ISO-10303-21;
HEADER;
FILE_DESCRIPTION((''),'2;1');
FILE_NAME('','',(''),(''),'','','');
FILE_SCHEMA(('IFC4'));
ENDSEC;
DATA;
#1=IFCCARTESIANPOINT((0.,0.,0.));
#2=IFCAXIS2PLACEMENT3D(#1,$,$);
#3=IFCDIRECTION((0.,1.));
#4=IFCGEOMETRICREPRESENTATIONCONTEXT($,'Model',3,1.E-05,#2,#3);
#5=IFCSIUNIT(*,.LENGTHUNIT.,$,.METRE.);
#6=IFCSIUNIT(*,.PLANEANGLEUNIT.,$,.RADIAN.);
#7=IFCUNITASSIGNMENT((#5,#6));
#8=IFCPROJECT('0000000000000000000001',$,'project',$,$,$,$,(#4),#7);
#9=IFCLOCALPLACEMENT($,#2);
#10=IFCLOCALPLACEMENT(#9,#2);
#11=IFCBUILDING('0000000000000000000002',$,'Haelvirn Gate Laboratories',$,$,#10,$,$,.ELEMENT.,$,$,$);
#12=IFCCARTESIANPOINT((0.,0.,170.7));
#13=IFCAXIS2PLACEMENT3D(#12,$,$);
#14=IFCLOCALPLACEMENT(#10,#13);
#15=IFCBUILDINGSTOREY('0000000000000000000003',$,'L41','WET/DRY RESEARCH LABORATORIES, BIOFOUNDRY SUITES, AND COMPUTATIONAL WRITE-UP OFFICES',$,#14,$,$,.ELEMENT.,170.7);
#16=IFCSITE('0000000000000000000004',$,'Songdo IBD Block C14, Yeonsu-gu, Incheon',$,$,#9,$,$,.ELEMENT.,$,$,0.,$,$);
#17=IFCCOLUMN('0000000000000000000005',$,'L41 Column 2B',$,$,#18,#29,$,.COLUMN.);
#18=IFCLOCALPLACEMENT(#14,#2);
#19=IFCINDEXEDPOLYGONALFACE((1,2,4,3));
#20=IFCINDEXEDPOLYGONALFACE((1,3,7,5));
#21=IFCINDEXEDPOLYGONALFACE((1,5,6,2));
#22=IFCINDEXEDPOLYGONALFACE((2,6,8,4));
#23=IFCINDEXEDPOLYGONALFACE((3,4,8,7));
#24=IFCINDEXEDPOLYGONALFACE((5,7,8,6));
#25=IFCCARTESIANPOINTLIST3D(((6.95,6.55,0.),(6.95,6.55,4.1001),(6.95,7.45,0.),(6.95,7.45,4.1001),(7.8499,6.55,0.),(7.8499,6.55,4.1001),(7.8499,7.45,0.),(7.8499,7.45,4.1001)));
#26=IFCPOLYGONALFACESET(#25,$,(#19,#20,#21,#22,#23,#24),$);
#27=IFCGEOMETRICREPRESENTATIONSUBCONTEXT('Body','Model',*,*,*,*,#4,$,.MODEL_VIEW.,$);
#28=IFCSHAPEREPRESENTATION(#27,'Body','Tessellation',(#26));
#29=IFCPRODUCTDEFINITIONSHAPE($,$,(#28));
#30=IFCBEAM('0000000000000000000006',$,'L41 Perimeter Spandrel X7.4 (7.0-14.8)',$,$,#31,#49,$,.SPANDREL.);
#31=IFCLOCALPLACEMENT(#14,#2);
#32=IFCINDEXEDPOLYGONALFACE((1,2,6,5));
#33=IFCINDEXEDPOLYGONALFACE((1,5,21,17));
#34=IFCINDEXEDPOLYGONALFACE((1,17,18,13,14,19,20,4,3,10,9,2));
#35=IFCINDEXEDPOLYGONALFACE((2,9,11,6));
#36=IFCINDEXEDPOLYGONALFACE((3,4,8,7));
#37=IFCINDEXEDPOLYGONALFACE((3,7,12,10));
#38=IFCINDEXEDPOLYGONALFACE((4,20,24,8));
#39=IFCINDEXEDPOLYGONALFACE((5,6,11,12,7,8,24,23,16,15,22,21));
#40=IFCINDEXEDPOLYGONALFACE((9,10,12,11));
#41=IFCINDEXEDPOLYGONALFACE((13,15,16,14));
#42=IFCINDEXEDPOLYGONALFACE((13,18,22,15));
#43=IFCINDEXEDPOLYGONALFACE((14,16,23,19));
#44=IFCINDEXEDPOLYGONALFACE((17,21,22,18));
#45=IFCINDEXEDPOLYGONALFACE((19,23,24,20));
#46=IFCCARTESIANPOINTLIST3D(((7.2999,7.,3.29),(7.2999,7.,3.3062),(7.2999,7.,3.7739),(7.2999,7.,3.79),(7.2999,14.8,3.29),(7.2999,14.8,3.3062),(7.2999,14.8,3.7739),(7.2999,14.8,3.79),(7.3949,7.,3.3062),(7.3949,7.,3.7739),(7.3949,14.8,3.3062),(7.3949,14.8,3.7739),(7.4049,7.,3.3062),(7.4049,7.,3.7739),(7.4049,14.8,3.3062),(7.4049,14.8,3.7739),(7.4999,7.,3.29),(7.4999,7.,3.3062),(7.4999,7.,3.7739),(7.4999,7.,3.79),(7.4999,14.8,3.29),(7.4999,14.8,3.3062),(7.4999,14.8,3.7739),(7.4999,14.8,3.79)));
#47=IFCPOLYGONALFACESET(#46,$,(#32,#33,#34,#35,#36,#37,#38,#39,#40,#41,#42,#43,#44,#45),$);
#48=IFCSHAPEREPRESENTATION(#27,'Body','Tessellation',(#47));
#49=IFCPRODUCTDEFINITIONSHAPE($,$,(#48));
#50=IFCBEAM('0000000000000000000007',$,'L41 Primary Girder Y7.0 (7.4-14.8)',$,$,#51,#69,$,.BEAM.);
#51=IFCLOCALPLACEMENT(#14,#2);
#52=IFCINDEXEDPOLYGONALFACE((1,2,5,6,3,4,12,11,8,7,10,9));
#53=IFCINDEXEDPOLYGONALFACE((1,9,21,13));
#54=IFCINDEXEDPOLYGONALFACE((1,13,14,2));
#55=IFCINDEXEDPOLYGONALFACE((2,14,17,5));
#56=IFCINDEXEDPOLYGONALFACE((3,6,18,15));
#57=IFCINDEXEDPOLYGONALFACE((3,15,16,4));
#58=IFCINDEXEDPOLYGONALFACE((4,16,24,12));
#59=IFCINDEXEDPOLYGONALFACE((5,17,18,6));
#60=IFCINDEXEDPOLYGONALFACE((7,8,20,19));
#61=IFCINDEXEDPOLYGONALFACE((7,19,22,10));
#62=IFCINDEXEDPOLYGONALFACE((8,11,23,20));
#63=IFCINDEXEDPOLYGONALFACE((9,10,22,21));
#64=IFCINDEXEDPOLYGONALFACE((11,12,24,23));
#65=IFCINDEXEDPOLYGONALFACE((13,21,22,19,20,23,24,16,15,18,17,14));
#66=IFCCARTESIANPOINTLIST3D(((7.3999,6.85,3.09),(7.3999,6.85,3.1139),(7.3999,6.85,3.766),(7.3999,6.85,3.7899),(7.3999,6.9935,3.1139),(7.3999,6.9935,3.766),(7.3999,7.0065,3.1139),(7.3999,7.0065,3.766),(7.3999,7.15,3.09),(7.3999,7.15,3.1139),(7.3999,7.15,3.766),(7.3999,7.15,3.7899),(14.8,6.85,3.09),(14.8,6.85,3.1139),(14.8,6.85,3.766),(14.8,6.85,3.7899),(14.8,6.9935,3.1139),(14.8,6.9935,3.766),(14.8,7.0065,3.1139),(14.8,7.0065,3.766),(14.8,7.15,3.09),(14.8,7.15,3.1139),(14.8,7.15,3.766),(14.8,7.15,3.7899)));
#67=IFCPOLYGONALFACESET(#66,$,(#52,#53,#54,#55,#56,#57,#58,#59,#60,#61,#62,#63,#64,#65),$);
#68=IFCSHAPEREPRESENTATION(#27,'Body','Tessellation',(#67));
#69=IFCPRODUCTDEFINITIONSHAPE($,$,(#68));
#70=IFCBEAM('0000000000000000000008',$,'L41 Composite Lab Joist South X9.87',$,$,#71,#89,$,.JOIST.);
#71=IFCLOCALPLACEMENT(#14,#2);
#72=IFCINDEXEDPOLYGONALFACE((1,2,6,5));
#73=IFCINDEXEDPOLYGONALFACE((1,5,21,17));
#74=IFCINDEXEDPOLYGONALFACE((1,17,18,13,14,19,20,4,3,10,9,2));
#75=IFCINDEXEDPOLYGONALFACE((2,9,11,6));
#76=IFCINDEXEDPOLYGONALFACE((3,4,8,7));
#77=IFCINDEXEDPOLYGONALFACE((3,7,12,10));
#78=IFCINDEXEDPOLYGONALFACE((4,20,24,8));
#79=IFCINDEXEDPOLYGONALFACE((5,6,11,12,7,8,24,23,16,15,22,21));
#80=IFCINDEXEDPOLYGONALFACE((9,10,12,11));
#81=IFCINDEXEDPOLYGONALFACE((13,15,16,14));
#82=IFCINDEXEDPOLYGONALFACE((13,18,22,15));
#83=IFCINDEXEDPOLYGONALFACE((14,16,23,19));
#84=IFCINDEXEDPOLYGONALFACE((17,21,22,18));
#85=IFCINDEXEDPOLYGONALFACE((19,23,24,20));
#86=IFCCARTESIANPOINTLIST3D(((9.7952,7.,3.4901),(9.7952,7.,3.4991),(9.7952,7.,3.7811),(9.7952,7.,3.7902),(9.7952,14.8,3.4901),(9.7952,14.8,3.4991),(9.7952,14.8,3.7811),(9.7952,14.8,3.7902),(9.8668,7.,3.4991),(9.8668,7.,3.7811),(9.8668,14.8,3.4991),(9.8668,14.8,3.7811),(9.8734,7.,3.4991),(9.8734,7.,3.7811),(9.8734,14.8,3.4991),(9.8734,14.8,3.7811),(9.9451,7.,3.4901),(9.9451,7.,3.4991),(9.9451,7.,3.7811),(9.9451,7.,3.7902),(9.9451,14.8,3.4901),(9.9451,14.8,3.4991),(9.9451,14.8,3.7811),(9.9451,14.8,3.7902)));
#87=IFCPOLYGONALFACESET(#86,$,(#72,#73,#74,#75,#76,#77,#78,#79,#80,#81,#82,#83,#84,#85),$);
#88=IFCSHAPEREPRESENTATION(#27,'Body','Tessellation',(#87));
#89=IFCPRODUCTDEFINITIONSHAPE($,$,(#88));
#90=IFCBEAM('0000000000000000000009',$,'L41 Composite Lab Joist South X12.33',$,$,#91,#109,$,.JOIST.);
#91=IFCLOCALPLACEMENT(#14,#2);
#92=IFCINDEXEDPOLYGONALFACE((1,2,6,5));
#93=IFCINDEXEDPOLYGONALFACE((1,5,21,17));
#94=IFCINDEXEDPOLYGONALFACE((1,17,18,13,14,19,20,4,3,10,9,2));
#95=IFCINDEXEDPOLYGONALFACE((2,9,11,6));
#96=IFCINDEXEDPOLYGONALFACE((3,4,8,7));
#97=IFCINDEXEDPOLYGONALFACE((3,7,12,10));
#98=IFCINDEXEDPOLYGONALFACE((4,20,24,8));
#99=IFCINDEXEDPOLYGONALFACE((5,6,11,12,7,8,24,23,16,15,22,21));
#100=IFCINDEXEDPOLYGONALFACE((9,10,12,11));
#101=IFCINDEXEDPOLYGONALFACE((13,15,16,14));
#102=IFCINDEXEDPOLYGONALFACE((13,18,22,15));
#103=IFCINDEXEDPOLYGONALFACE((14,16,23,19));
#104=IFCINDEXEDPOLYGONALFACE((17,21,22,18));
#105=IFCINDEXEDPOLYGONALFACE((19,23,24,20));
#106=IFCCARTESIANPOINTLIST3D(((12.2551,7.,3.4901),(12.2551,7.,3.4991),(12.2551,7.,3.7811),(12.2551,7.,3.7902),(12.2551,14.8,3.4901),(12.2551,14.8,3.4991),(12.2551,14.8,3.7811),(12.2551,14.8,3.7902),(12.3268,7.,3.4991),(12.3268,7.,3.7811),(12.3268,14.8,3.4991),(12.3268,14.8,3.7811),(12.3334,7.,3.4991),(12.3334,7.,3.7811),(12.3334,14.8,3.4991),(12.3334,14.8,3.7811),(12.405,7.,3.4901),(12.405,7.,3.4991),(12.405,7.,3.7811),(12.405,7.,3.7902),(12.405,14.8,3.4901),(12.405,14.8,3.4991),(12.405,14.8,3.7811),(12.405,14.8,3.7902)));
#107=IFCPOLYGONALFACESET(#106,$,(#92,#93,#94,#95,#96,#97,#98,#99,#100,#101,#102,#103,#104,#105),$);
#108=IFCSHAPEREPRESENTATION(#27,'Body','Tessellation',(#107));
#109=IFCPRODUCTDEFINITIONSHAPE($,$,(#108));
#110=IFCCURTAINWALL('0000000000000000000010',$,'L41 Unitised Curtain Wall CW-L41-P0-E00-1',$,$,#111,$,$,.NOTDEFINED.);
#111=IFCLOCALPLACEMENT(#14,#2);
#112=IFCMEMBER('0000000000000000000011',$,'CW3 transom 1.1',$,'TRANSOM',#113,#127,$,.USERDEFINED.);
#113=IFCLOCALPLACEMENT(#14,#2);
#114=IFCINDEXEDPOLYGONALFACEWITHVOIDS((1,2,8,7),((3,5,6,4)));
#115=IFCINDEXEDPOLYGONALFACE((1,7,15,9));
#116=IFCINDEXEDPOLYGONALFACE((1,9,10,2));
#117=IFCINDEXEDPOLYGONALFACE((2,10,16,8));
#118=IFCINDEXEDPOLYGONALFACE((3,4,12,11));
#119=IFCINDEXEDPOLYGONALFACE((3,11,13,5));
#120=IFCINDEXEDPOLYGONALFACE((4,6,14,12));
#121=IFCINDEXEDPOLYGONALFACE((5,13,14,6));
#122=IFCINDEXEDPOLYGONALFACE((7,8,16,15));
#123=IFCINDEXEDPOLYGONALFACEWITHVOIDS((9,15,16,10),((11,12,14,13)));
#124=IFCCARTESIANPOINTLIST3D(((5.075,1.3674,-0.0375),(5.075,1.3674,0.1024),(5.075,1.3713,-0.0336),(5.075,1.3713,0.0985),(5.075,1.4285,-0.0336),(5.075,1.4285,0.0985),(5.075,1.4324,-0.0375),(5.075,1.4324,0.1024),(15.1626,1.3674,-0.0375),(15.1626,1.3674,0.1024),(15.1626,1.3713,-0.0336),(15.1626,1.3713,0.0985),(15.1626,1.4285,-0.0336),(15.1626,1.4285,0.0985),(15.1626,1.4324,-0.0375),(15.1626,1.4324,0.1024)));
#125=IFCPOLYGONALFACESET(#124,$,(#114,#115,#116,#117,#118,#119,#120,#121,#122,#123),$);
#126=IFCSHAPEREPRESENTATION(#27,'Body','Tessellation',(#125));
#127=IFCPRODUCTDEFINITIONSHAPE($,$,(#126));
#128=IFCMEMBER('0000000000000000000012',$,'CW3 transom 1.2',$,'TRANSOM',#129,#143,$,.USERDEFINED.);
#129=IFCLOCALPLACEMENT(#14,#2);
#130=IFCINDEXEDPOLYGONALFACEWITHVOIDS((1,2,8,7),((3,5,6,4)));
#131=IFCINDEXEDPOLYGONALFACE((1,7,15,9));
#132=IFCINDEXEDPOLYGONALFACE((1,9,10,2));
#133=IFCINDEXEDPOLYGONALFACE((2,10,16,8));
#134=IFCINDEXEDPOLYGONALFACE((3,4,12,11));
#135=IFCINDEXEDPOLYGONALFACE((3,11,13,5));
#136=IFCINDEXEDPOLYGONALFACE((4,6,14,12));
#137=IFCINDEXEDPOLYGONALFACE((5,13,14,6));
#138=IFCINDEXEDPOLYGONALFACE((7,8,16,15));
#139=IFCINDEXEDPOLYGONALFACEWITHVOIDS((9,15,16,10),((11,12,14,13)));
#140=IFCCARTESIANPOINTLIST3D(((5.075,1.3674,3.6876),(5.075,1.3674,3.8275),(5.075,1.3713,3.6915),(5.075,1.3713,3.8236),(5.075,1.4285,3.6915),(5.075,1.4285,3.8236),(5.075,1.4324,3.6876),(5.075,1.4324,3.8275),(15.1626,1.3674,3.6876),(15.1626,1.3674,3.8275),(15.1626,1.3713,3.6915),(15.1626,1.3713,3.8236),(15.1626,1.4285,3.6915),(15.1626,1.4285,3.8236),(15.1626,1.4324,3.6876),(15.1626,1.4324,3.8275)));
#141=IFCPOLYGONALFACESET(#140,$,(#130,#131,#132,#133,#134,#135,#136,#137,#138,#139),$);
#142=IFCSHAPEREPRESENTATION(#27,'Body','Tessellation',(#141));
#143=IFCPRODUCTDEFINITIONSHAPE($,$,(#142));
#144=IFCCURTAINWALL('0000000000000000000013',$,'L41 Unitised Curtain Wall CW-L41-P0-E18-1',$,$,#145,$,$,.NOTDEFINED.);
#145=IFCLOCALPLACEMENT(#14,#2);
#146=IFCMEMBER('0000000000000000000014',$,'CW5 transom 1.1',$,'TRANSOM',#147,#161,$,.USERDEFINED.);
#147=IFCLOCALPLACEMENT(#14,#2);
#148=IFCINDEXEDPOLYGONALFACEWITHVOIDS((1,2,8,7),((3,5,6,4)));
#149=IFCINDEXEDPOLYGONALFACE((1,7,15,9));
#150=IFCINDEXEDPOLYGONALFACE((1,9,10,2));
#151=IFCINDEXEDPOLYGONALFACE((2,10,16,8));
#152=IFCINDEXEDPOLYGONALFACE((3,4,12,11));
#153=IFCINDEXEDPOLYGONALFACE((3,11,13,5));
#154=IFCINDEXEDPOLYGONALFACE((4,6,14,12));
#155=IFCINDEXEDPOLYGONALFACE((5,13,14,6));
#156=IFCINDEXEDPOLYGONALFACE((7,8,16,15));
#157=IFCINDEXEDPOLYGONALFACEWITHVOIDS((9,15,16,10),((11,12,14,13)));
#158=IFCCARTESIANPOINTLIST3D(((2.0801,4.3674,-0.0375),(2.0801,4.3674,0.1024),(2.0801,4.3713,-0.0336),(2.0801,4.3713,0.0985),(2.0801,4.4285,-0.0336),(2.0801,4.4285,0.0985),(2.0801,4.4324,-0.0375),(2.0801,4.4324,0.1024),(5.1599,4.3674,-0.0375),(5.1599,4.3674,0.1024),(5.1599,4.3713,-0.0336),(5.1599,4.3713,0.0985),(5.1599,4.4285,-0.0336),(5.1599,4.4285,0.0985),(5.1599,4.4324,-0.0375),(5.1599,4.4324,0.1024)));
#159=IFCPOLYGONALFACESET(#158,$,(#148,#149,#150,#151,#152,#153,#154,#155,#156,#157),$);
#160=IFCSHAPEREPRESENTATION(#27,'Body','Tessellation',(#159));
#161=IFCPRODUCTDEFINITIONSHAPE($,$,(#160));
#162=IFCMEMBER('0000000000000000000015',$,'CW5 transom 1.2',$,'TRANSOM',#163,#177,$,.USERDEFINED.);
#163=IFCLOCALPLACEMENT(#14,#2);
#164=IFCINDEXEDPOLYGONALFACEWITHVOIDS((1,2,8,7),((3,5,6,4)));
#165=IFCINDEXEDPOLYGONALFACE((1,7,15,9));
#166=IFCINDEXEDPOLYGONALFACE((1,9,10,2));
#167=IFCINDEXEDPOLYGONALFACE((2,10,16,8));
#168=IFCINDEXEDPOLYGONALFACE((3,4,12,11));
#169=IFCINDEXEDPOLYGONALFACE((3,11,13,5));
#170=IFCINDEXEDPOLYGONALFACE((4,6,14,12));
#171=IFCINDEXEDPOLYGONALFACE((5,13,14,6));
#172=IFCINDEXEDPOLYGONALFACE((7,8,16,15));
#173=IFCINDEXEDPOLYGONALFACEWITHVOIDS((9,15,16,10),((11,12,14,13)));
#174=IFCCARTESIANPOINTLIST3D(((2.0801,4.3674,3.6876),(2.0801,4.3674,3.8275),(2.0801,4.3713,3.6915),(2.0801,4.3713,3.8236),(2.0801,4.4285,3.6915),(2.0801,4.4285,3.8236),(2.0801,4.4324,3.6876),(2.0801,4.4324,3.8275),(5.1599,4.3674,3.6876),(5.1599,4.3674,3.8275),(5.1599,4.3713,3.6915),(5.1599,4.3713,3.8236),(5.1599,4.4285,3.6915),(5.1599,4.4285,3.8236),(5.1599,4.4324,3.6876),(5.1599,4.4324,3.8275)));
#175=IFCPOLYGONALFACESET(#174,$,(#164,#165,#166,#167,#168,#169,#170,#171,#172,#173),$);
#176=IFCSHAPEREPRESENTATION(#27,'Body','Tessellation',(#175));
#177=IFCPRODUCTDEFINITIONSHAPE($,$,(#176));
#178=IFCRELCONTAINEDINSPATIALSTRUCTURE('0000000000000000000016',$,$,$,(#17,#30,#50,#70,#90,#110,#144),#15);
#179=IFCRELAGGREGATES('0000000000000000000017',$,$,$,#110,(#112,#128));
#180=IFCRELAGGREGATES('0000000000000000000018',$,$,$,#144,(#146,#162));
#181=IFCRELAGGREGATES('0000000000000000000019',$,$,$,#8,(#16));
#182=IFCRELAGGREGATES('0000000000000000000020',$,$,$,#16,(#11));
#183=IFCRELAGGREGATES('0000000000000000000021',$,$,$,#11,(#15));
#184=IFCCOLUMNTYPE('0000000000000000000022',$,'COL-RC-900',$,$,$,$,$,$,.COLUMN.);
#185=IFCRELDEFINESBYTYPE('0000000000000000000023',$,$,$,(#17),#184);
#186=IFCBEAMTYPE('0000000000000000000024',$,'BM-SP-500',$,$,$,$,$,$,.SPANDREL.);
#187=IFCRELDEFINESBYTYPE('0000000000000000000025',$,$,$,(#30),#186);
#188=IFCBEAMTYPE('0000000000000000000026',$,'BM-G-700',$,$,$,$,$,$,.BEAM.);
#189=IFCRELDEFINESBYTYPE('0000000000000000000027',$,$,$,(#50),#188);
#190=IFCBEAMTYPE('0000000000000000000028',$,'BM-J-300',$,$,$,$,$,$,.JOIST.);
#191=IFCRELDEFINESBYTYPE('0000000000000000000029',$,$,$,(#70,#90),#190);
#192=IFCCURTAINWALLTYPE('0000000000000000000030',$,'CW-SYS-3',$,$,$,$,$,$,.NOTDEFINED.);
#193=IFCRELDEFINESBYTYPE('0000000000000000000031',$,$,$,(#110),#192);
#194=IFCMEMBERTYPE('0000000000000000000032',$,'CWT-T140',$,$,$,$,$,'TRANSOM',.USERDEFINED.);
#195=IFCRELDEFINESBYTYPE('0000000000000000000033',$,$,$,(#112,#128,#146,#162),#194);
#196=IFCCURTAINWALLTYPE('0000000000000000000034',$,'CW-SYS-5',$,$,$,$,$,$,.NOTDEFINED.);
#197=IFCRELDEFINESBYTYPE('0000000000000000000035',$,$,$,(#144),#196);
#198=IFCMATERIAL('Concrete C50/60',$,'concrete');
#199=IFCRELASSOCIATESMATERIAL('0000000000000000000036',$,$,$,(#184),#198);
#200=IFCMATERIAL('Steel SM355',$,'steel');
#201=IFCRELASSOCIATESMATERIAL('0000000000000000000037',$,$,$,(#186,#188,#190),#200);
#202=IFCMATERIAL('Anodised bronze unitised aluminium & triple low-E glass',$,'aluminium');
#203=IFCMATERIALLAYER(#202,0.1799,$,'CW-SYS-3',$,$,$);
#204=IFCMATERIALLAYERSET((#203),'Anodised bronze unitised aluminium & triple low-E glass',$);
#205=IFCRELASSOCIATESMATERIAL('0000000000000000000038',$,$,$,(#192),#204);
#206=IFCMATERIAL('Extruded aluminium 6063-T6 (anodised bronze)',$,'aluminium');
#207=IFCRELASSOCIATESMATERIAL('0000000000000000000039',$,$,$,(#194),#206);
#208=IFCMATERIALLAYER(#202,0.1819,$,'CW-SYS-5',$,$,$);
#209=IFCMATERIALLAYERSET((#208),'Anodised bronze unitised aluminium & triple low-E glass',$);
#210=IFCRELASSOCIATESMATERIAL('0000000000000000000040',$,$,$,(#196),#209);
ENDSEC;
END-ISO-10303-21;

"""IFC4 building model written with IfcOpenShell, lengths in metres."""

from ifc_helpers import new_model, si_unit, direction, frame, origin, origin_2d, place, context, subcontext, project, spatial, rectangle, hollow_rectangle, i_section, extrude, source, transform, mapped, material, layer, layer_set, material_profile, profile_set, type_object, type_shapes, element, aggregate, save


model = new_model("IFC4")

# Units and contexts
model_context = context("Model", 3, precision=1e-05, world=origin(), true_north=direction((0.0, 1.0)))
body_context = subcontext(model_context, "Body", "Model", "MODEL_VIEW")
ifc_project = project(units=[si_unit("LENGTHUNIT", "METRE"), si_unit("PLANEANGLEUNIT", "RADIAN")], contexts=[model_context])

# Site, building, storey
site_placement = place(None, origin())
site = spatial("IfcSite", under=ifc_project, at=site_placement, Name="Songdo IBD Block C14, Yeonsu-gu, Incheon", CompositionType="ELEMENT", RefElevation=0.0)
building_placement = place(site_placement, origin())
building = spatial("IfcBuilding", under=site, at=building_placement, Name="Haelvirn Gate Laboratories", CompositionType="ELEMENT")
storey_placement = place(building_placement, frame((0.0, 0.0, 170.7)))
storey = spatial("IfcBuildingStorey", under=building, at=storey_placement, Name="L41", Description="WET/DRY RESEARCH LABORATORIES, BIOFOUNDRY SUITES, AND COMPUTATIONAL WRITE-UP OFFICES", CompositionType="ELEMENT", Elevation=170.7)

# Column
ifc_material_1 = material(Name="Concrete C50/60", Category="concrete")
ifc_material_profile_1 = material_profile(ifc_material_1, rectangle(XDim=0.8999, YDim=0.8999, at=origin_2d()), Name="RC-900x900")
ifc_profile_set_1 = profile_set([ifc_material_profile_1], Name="Concrete C50/60")
column_type = type_object("IfcColumnType", Name="COL-RC-900", PredefinedType="COLUMN", material=ifc_profile_set_1)
shared_shape_1 = source(origin(), body_context, "Body", "SweptSolid", [
    extrude(rectangle(XDim=0.8999, YDim=0.8999, at=origin_2d()), origin(), (0.0, 0.0, 1.0), 4.1001),
])
type_shapes(column_type, [shared_shape_1])
column_placement = place(storey_placement, frame((7.3999, 7.0, 0.0), z_axis=(0.0, 0.0, 1.0), x_axis=(1.0, 0.0, 0.0)))
element("IfcColumn", 1, at=column_placement, inside=storey, type_object=column_type, Name="L41 Column 2B", PredefinedType="COLUMN", context=body_context, shape_type="MappedRepresentation", body=[
    mapped(shared_shape_1, transform((0.0, 0.0, 0.0), scale=1.0)),
])

# Beams
ifc_material_2 = material(Name="Steel SM355", Category="steel")
ifc_material_profile_2 = material_profile(ifc_material_2, i_section(OverallWidth=0.2, OverallDepth=0.5, WebThickness=0.01, FlangeThickness=0.0161, at=origin_2d()), Name="H-500x200x10x16")
ifc_profile_set_2 = profile_set([ifc_material_profile_2], Name="Steel SM355")
beam_type_1 = type_object("IfcBeamType", Name="BM-SP-500", PredefinedType="SPANDREL", material=ifc_profile_set_2)
shared_shape_2 = source(origin(), body_context, "Body", "SweptSolid", [
    extrude(i_section(OverallWidth=0.2, OverallDepth=0.5, WebThickness=0.01, FlangeThickness=0.0161, at=origin_2d()), origin(), (0.0, 0.0, 1.0), 7.8),
])
type_shapes(beam_type_1, [shared_shape_2])
beam_1_placement = place(storey_placement, frame((7.3999, 7.0, 3.54), z_axis=(0.0, 1.0, 0.0), x_axis=(-1.0, 0.0, 0.0)))
element("IfcBeam", 2, at=beam_1_placement, inside=storey, type_object=beam_type_1, Name="L41 Perimeter Spandrel X7.4 (7.0-14.8)", PredefinedType="SPANDREL", context=body_context, shape_type="MappedRepresentation", body=[
    mapped(shared_shape_2, transform((0.0, 0.0, 0.0), scale=1.0)),
])
ifc_material_profile_3 = material_profile(ifc_material_2, i_section(OverallWidth=0.3, OverallDepth=0.7, WebThickness=0.0129, FlangeThickness=0.0239, at=origin_2d()), Name="H-700x300x13x24")
ifc_profile_set_3 = profile_set([ifc_material_profile_3], Name="Steel SM355")
beam_type_2 = type_object("IfcBeamType", Name="BM-G-700", PredefinedType="BEAM", material=ifc_profile_set_3)
shared_shape_3 = source(origin(), body_context, "Body", "SweptSolid", [
    extrude(i_section(OverallWidth=0.3, OverallDepth=0.7, WebThickness=0.0129, FlangeThickness=0.0239, at=origin_2d()), origin(), (0.0, 0.0, 1.0), 7.4001),
])
type_shapes(beam_type_2, [shared_shape_3])
beam_2_placement = place(storey_placement, frame((7.3999, 7.0, 3.4399), z_axis=(1.0, 0.0, 0.0), x_axis=(0.0, 1.0, 0.0)))
element("IfcBeam", 3, at=beam_2_placement, inside=storey, type_object=beam_type_2, Name="L41 Primary Girder Y7.0 (7.4-14.8)", PredefinedType="BEAM", context=body_context, shape_type="MappedRepresentation", body=[
    mapped(shared_shape_3, transform((0.0, 0.0, 0.0), scale=1.0)),
])
ifc_material_profile_4 = material_profile(ifc_material_2, i_section(OverallWidth=0.1499, OverallDepth=0.3, WebThickness=0.0066, FlangeThickness=0.009, at=origin_2d()), Name="H-300x150x6.5x9")
ifc_profile_set_4 = profile_set([ifc_material_profile_4], Name="Steel SM355")
beam_type_3 = type_object("IfcBeamType", Name="BM-J-300", PredefinedType="JOIST", material=ifc_profile_set_4)
shared_shape_4 = source(origin(), body_context, "Body", "SweptSolid", [
    extrude(i_section(OverallWidth=0.1499, OverallDepth=0.3, WebThickness=0.0066, FlangeThickness=0.009, at=origin_2d()), origin(), (0.0, 0.0, 1.0), 7.8),
])
type_shapes(beam_type_3, [shared_shape_4])
for number, where, z_axis, x_axis, name in (
    (4, (9.8701, 7.0, 3.6401), (0.0, 1.0, 0.0), (-1.0, 0.0, 0.0), "L41 Composite Lab Joist South X9.87"),
    (5, (12.3301, 7.0, 3.6401), (0.0, 1.0, 0.0), (-1.0, 0.0, 0.0), "L41 Composite Lab Joist South X12.33"),
):
    element("IfcBeam", number, at=place(storey_placement, frame(where, z_axis=z_axis, x_axis=x_axis)), inside=storey, type_object=beam_type_3, Name=name, PredefinedType="JOIST", context=body_context, shape_type="MappedRepresentation", body=[
        mapped(shared_shape_4, transform((0.0, 0.0, 0.0), scale=1.0)),
    ])

# Curtain walls, members
ifc_material_3 = material(Name="Anodised bronze unitised aluminium & triple low-E glass", Category="aluminium")
ifc_layer_1 = layer(ifc_material_3, 0.1799, Name="CW-SYS-3")
ifc_layer_set_1 = layer_set([ifc_layer_1], Name="Anodised bronze unitised aluminium & triple low-E glass")
curtain_wall_type_1 = type_object("IfcCurtainWallType", Name="CW-SYS-3", PredefinedType="NOTDEFINED", material=ifc_layer_set_1)
curtain_wall_1_placement = place(storey_placement, origin())
curtain_wall_1 = element("IfcCurtainWall", 6, at=curtain_wall_1_placement, inside=storey, type_object=curtain_wall_type_1, Name="L41 Unitised Curtain Wall CW-L41-P0-E00-1", PredefinedType="NOTDEFINED")
ifc_material_4 = material(Name="Extruded aluminium 6063-T6 (anodised bronze)", Category="aluminium")
ifc_material_profile_5 = material_profile(ifc_material_4, hollow_rectangle(XDim=0.0649, YDim=0.1399, WallThickness=0.0039, at=origin_2d()), Name="CWT-140x65x4")
ifc_profile_set_5 = profile_set([ifc_material_profile_5], Name="Extruded aluminium 6063-T6 (anodised bronze)")
member_type_1 = type_object("IfcMemberType", Name="CWT-T140", ElementType="TRANSOM", PredefinedType="USERDEFINED", material=ifc_profile_set_5)
shared_shape_5 = source(origin(), body_context, "Body", "SweptSolid", [
    extrude(hollow_rectangle(XDim=0.0649, YDim=0.1399, WallThickness=0.0039, at=origin_2d()), origin(), (0.0, 0.0, 1.0), 10.0876),
])
member_1_placement = place(storey_placement, frame((5.075, 1.3999, 0.0325), z_axis=(1.0, 0.0, 0.0), x_axis=(0.0, 1.0, 0.0)))
member_1 = element("IfcMember", 7, at=member_1_placement, type_object=member_type_1, Name="CW3 transom 1.1", ObjectType="TRANSOM", PredefinedType="USERDEFINED", context=body_context, shape_type="MappedRepresentation", body=[
    mapped(shared_shape_5, transform((0.0, 0.0, 0.0), scale=1.0)),
])
member_2_placement = place(storey_placement, frame((5.075, 1.3999, 3.7576), z_axis=(1.0, 0.0, 0.0), x_axis=(0.0, 1.0, 0.0)))
member_2 = element("IfcMember", 8, at=member_2_placement, type_object=member_type_1, Name="CW3 transom 1.2", ObjectType="TRANSOM", PredefinedType="USERDEFINED", context=body_context, shape_type="MappedRepresentation", body=[
    mapped(shared_shape_5, transform((0.0, 0.0, 0.0), scale=1.0)),
])
ifc_layer_2 = layer(ifc_material_3, 0.1819, Name="CW-SYS-5")
ifc_layer_set_2 = layer_set([ifc_layer_2], Name="Anodised bronze unitised aluminium & triple low-E glass")
curtain_wall_type_2 = type_object("IfcCurtainWallType", Name="CW-SYS-5", PredefinedType="NOTDEFINED", material=ifc_layer_set_2)
curtain_wall_2_placement = place(storey_placement, origin())
curtain_wall_2 = element("IfcCurtainWall", 9, at=curtain_wall_2_placement, inside=storey, type_object=curtain_wall_type_2, Name="L41 Unitised Curtain Wall CW-L41-P0-E18-1", PredefinedType="NOTDEFINED")
shared_shape_6 = source(origin(), body_context, "Body", "SweptSolid", [
    extrude(hollow_rectangle(XDim=0.0649, YDim=0.1399, WallThickness=0.0039, at=origin_2d()), origin(), (0.0, 0.0, 1.0), 3.0798),
])
type_shapes(member_type_1, [shared_shape_5, shared_shape_6])
member_3_placement = place(storey_placement, frame((2.0801, 4.3999, 0.0325), z_axis=(1.0, 0.0, 0.0), x_axis=(0.0, 1.0, 0.0)))
member_3 = element("IfcMember", 10, at=member_3_placement, type_object=member_type_1, Name="CW5 transom 1.1", ObjectType="TRANSOM", PredefinedType="USERDEFINED", context=body_context, shape_type="MappedRepresentation", body=[
    mapped(shared_shape_6, transform((0.0, 0.0, 0.0), scale=1.0)),
])
member_4_placement = place(storey_placement, frame((2.0801, 4.3999, 3.7576), z_axis=(1.0, 0.0, 0.0), x_axis=(0.0, 1.0, 0.0)))
member_4 = element("IfcMember", 11, at=member_4_placement, type_object=member_type_1, Name="CW5 transom 1.2", ObjectType="TRANSOM", PredefinedType="USERDEFINED", context=body_context, shape_type="MappedRepresentation", body=[
    mapped(shared_shape_6, transform((0.0, 0.0, 0.0), scale=1.0)),
])

aggregate(curtain_wall_1, [member_1, member_2])
aggregate(curtain_wall_2, [member_3, member_4])

save(model, "model.ifc")
